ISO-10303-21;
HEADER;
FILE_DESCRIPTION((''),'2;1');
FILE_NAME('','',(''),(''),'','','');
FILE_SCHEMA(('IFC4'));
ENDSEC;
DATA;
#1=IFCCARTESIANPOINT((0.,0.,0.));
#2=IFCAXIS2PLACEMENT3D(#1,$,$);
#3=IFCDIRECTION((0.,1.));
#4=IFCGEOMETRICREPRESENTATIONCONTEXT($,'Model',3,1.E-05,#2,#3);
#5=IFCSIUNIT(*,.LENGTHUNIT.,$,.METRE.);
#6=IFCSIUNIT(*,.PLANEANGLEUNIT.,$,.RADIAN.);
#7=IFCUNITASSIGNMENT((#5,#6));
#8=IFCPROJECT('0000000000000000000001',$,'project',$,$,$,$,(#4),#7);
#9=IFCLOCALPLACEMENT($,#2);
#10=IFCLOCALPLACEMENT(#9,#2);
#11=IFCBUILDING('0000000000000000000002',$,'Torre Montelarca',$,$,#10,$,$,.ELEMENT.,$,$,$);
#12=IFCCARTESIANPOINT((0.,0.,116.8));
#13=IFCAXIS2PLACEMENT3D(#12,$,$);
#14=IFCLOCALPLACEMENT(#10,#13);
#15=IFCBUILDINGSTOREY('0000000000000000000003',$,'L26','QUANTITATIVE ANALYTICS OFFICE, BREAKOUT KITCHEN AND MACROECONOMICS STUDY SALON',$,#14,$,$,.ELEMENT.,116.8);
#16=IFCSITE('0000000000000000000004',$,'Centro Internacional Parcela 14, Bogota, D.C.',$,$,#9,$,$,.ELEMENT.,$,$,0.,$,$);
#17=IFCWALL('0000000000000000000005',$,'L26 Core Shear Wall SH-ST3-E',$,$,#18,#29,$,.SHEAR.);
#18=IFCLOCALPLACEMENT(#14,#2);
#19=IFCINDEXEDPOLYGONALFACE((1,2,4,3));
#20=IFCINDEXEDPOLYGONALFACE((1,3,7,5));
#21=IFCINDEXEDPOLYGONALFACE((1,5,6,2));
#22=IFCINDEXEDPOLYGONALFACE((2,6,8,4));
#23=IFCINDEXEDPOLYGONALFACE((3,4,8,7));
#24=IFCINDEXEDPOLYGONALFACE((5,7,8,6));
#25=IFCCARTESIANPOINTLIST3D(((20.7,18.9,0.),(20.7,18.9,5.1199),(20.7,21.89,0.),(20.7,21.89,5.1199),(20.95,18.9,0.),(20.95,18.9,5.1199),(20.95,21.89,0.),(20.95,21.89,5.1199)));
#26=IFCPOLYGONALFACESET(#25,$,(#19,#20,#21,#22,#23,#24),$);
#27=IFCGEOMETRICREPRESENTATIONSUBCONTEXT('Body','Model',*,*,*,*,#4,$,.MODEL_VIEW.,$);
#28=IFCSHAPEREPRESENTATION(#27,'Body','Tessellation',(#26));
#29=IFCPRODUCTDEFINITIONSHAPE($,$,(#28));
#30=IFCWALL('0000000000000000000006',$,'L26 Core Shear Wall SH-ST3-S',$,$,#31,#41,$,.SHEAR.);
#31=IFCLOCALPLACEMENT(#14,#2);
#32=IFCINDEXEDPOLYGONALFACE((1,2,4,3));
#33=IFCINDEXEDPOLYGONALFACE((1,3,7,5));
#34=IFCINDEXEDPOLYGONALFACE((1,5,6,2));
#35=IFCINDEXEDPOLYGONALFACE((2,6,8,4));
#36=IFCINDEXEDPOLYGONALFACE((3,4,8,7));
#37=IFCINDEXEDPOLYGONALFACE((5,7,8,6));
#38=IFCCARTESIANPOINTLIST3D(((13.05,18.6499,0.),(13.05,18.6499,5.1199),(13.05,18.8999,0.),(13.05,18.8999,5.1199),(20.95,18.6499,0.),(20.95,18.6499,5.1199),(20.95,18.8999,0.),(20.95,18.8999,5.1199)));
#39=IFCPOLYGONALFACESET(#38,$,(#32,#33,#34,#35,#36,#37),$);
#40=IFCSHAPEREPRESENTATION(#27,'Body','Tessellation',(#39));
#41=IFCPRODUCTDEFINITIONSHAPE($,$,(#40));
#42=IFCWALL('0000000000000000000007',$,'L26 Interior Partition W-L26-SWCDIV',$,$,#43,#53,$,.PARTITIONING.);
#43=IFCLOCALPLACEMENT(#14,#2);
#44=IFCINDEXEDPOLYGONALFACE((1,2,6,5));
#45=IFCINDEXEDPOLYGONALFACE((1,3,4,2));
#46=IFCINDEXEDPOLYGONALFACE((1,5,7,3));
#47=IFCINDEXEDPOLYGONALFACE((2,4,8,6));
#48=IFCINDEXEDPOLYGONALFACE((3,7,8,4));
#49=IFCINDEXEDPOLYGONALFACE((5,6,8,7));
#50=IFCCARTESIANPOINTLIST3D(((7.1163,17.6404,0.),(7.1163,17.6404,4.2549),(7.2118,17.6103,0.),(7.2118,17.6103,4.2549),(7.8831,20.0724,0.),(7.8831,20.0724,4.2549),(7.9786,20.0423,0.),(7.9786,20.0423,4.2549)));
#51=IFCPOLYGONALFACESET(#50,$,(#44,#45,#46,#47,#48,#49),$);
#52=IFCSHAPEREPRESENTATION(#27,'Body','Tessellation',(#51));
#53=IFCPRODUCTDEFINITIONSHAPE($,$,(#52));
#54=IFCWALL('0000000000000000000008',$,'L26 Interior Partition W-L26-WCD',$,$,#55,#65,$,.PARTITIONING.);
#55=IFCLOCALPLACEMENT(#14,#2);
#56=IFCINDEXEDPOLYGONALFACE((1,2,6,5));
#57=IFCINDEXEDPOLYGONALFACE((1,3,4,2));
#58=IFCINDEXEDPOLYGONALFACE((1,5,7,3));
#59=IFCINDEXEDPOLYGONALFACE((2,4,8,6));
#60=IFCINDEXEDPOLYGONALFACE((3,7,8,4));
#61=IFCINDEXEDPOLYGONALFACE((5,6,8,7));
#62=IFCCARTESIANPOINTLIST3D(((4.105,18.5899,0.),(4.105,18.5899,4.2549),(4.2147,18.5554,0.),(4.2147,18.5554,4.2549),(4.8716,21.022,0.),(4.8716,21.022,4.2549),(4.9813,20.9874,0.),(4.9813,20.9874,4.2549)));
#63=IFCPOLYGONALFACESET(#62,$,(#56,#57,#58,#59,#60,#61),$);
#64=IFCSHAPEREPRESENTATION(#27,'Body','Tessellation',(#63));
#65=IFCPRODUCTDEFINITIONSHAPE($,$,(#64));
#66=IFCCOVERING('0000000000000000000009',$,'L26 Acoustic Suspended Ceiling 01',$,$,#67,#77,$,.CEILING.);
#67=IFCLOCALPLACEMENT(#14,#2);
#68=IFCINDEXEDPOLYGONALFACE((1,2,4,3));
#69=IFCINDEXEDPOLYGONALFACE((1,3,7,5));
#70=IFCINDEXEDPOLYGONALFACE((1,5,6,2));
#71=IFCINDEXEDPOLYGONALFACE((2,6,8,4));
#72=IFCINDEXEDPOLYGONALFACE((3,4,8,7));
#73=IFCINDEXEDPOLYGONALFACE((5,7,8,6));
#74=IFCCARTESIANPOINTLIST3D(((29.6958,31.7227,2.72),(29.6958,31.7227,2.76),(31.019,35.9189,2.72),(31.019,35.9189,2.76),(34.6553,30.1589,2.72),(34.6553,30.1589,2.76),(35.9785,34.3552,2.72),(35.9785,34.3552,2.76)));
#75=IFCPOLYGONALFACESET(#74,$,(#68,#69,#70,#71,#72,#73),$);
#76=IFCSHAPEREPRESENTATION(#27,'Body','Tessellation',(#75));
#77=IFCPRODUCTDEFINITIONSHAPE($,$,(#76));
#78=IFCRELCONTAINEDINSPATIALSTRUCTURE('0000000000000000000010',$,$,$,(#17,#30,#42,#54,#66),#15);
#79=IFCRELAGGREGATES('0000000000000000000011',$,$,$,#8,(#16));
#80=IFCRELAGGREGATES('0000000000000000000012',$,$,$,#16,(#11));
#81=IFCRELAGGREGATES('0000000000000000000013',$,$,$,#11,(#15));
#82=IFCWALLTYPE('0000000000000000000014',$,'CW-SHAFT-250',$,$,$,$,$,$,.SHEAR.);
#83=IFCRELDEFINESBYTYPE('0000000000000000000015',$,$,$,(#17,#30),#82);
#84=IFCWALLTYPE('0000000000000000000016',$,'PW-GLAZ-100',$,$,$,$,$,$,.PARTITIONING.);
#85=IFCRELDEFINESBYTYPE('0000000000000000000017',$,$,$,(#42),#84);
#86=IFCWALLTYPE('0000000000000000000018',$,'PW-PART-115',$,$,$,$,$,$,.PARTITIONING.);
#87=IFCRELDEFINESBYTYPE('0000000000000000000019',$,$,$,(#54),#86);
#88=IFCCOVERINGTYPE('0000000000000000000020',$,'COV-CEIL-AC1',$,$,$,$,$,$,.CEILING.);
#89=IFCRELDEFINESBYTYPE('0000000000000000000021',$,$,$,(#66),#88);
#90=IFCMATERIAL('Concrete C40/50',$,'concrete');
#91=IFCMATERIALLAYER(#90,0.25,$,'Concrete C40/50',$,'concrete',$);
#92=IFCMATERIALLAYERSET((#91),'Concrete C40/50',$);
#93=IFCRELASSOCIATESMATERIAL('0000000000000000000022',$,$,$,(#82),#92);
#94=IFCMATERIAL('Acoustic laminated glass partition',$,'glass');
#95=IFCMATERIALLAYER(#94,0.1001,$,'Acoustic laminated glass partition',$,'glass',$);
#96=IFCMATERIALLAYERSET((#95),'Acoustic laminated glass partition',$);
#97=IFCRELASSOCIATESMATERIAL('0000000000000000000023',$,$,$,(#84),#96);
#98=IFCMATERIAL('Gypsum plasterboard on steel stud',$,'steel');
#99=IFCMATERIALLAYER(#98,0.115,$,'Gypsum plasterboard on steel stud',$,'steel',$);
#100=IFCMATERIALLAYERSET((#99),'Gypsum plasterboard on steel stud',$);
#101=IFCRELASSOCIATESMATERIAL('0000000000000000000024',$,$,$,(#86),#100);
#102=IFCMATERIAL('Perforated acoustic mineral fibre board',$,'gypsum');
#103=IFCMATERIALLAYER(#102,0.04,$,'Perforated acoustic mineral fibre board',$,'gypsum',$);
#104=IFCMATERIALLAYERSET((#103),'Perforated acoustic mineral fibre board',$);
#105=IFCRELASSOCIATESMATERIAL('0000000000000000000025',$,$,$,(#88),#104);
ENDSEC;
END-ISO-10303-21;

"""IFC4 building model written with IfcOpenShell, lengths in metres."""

from ifc_helpers import new_model, si_unit, direction, frame, frame_2d, origin, place, context, subcontext, project, spatial, polyline, rectangle, outline, extrude, material, layer, layer_set, type_object, element, save


model = new_model("IFC4")

# Units and contexts
model_context = context("Model", 3, precision=1e-05, world=origin(), true_north=direction((0.0, 1.0)))
body_context = subcontext(model_context, "Body", "Model", "MODEL_VIEW")
ifc_project = project(units=[si_unit("LENGTHUNIT", "METRE"), si_unit("PLANEANGLEUNIT", "RADIAN")], contexts=[model_context])

# Site, building, storey
site_placement = place(None, origin())
site = spatial("IfcSite", under=ifc_project, at=site_placement, Name="Centro Internacional Parcela 14, Bogota, D.C.", CompositionType="ELEMENT", RefElevation=0.0)
building_placement = place(site_placement, origin())
building = spatial("IfcBuilding", under=site, at=building_placement, Name="Torre Montelarca", CompositionType="ELEMENT")
storey_placement = place(building_placement, frame((0.0, 0.0, 116.8)))
storey = spatial("IfcBuildingStorey", under=building, at=storey_placement, Name="L26", Description="QUANTITATIVE ANALYTICS OFFICE, BREAKOUT KITCHEN AND MACROECONOMICS STUDY SALON", CompositionType="ELEMENT", Elevation=116.8)

# Shared definitions
ifc_material_1 = material(Name="Concrete C40/50", Category="concrete")

# Walls
ifc_layer_1 = layer(ifc_material_1, 0.25, Name="Concrete C40/50", Category="concrete")
ifc_layer_set_1 = layer_set([ifc_layer_1], Name="Concrete C40/50")
wall_type_1 = type_object("IfcWallType", Name="CW-SHAFT-250", PredefinedType="SHEAR", material=ifc_layer_set_1)
for number, where, z_axis, x_axis, name in (
    (1, (20.825, 18.8999, 0.0), (0.0, 0.0, 1.0), (0.0, 1.0, 0.0), "L26 Core Shear Wall SH-ST3-E"),
):
    element("IfcWall", number, at=place(storey_placement, frame(where, z_axis=z_axis, x_axis=x_axis)), inside=storey, type_object=wall_type_1, Name=name, PredefinedType="SHEAR", context=body_context, shape_type="SweptSolid", body=[
        extrude(rectangle(XDim=2.99, YDim=0.25, at=frame_2d((1.4951, 0.0))), origin(), (0.0, 0.0, 1.0), 5.1199),
    ])
wall_1_placement = place(storey_placement, frame((13.05, 18.7749, 0.0), z_axis=(0.0, 0.0, 1.0), x_axis=(1.0, 0.0, 0.0)))
element("IfcWall", 2, at=wall_1_placement, inside=storey, type_object=wall_type_1, Name="L26 Core Shear Wall SH-ST3-S", PredefinedType="SHEAR", context=body_context, shape_type="SweptSolid", body=[
    extrude(rectangle(XDim=7.8999, YDim=0.25, at=frame_2d((3.95, 0.0))), origin(), (0.0, 0.0, 1.0), 5.1199),
])
ifc_material_2 = material(Name="Acoustic laminated glass partition", Category="glass")
ifc_layer_2 = layer(ifc_material_2, 0.1001, Name="Acoustic laminated glass partition", Category="glass")
ifc_layer_set_2 = layer_set([ifc_layer_2], Name="Acoustic laminated glass partition")
wall_type_2 = type_object("IfcWallType", Name="PW-GLAZ-100", PredefinedType="PARTITIONING", material=ifc_layer_set_2)
wall_2_placement = place(storey_placement, frame((7.1641, 17.6255, 0.0), z_axis=(0.0, 0.0, 1.0), x_axis=(0.300705, 0.953717, 0.0)))
element("IfcWall", 3, at=wall_2_placement, inside=storey, type_object=wall_type_2, Name="L26 Interior Partition W-L26-SWCDIV", PredefinedType="PARTITIONING", context=body_context, shape_type="SweptSolid", body=[
    extrude(rectangle(XDim=2.55, YDim=0.1001, at=frame_2d((1.2749, 0.0))), origin(), (0.0, 0.0, 1.0), 4.2549),
])
ifc_material_3 = material(Name="Gypsum plasterboard on steel stud", Category="steel")
ifc_layer_3 = layer(ifc_material_3, 0.115, Name="Gypsum plasterboard on steel stud", Category="steel")
ifc_layer_set_3 = layer_set([ifc_layer_3], Name="Gypsum plasterboard on steel stud")
wall_type_3 = type_object("IfcWallType", Name="PW-PART-115", PredefinedType="PARTITIONING", material=ifc_layer_set_3)
wall_3_placement = place(storey_placement, frame((4.1599, 18.5728, 0.0), z_axis=(0.0, 0.0, 1.0), x_axis=(0.300618, 0.953745, 0.0)))
element("IfcWall", 4, at=wall_3_placement, inside=storey, type_object=wall_type_3, Name="L26 Interior Partition W-L26-WCD", PredefinedType="PARTITIONING", context=body_context, shape_type="SweptSolid", body=[
    extrude(rectangle(XDim=2.55, YDim=0.115, at=frame_2d((1.2749, 0.0))), origin(), (0.0, 0.0, 1.0), 4.2549),
])

# Covering
ifc_material_4 = material(Name="Perforated acoustic mineral fibre board", Category="gypsum")
ifc_layer_4 = layer(ifc_material_4, 0.04, Name="Perforated acoustic mineral fibre board", Category="gypsum")
ifc_layer_set_4 = layer_set([ifc_layer_4], Name="Perforated acoustic mineral fibre board")
covering_type_1 = type_object("IfcCoveringType", Name="COV-CEIL-AC1", PredefinedType="CEILING", material=ifc_layer_set_4)
covering_1_placement = place(storey_placement, frame((0.0, 0.0, 2.72)))
element("IfcCovering", 5, at=covering_1_placement, inside=storey, type_object=covering_type_1, Name="L26 Acoustic Suspended Ceiling 01", PredefinedType="CEILING", context=body_context, shape_type="SweptSolid", body=[
    extrude(outline(polyline([(29.6958, 31.7227), (34.6553, 30.1589), (35.9785, 34.3552), (31.019, 35.9189), (29.6958, 31.7227)])), origin(), (0.0, 0.0, 1.0), 0.04),
])

save(model, "model.ifc")
